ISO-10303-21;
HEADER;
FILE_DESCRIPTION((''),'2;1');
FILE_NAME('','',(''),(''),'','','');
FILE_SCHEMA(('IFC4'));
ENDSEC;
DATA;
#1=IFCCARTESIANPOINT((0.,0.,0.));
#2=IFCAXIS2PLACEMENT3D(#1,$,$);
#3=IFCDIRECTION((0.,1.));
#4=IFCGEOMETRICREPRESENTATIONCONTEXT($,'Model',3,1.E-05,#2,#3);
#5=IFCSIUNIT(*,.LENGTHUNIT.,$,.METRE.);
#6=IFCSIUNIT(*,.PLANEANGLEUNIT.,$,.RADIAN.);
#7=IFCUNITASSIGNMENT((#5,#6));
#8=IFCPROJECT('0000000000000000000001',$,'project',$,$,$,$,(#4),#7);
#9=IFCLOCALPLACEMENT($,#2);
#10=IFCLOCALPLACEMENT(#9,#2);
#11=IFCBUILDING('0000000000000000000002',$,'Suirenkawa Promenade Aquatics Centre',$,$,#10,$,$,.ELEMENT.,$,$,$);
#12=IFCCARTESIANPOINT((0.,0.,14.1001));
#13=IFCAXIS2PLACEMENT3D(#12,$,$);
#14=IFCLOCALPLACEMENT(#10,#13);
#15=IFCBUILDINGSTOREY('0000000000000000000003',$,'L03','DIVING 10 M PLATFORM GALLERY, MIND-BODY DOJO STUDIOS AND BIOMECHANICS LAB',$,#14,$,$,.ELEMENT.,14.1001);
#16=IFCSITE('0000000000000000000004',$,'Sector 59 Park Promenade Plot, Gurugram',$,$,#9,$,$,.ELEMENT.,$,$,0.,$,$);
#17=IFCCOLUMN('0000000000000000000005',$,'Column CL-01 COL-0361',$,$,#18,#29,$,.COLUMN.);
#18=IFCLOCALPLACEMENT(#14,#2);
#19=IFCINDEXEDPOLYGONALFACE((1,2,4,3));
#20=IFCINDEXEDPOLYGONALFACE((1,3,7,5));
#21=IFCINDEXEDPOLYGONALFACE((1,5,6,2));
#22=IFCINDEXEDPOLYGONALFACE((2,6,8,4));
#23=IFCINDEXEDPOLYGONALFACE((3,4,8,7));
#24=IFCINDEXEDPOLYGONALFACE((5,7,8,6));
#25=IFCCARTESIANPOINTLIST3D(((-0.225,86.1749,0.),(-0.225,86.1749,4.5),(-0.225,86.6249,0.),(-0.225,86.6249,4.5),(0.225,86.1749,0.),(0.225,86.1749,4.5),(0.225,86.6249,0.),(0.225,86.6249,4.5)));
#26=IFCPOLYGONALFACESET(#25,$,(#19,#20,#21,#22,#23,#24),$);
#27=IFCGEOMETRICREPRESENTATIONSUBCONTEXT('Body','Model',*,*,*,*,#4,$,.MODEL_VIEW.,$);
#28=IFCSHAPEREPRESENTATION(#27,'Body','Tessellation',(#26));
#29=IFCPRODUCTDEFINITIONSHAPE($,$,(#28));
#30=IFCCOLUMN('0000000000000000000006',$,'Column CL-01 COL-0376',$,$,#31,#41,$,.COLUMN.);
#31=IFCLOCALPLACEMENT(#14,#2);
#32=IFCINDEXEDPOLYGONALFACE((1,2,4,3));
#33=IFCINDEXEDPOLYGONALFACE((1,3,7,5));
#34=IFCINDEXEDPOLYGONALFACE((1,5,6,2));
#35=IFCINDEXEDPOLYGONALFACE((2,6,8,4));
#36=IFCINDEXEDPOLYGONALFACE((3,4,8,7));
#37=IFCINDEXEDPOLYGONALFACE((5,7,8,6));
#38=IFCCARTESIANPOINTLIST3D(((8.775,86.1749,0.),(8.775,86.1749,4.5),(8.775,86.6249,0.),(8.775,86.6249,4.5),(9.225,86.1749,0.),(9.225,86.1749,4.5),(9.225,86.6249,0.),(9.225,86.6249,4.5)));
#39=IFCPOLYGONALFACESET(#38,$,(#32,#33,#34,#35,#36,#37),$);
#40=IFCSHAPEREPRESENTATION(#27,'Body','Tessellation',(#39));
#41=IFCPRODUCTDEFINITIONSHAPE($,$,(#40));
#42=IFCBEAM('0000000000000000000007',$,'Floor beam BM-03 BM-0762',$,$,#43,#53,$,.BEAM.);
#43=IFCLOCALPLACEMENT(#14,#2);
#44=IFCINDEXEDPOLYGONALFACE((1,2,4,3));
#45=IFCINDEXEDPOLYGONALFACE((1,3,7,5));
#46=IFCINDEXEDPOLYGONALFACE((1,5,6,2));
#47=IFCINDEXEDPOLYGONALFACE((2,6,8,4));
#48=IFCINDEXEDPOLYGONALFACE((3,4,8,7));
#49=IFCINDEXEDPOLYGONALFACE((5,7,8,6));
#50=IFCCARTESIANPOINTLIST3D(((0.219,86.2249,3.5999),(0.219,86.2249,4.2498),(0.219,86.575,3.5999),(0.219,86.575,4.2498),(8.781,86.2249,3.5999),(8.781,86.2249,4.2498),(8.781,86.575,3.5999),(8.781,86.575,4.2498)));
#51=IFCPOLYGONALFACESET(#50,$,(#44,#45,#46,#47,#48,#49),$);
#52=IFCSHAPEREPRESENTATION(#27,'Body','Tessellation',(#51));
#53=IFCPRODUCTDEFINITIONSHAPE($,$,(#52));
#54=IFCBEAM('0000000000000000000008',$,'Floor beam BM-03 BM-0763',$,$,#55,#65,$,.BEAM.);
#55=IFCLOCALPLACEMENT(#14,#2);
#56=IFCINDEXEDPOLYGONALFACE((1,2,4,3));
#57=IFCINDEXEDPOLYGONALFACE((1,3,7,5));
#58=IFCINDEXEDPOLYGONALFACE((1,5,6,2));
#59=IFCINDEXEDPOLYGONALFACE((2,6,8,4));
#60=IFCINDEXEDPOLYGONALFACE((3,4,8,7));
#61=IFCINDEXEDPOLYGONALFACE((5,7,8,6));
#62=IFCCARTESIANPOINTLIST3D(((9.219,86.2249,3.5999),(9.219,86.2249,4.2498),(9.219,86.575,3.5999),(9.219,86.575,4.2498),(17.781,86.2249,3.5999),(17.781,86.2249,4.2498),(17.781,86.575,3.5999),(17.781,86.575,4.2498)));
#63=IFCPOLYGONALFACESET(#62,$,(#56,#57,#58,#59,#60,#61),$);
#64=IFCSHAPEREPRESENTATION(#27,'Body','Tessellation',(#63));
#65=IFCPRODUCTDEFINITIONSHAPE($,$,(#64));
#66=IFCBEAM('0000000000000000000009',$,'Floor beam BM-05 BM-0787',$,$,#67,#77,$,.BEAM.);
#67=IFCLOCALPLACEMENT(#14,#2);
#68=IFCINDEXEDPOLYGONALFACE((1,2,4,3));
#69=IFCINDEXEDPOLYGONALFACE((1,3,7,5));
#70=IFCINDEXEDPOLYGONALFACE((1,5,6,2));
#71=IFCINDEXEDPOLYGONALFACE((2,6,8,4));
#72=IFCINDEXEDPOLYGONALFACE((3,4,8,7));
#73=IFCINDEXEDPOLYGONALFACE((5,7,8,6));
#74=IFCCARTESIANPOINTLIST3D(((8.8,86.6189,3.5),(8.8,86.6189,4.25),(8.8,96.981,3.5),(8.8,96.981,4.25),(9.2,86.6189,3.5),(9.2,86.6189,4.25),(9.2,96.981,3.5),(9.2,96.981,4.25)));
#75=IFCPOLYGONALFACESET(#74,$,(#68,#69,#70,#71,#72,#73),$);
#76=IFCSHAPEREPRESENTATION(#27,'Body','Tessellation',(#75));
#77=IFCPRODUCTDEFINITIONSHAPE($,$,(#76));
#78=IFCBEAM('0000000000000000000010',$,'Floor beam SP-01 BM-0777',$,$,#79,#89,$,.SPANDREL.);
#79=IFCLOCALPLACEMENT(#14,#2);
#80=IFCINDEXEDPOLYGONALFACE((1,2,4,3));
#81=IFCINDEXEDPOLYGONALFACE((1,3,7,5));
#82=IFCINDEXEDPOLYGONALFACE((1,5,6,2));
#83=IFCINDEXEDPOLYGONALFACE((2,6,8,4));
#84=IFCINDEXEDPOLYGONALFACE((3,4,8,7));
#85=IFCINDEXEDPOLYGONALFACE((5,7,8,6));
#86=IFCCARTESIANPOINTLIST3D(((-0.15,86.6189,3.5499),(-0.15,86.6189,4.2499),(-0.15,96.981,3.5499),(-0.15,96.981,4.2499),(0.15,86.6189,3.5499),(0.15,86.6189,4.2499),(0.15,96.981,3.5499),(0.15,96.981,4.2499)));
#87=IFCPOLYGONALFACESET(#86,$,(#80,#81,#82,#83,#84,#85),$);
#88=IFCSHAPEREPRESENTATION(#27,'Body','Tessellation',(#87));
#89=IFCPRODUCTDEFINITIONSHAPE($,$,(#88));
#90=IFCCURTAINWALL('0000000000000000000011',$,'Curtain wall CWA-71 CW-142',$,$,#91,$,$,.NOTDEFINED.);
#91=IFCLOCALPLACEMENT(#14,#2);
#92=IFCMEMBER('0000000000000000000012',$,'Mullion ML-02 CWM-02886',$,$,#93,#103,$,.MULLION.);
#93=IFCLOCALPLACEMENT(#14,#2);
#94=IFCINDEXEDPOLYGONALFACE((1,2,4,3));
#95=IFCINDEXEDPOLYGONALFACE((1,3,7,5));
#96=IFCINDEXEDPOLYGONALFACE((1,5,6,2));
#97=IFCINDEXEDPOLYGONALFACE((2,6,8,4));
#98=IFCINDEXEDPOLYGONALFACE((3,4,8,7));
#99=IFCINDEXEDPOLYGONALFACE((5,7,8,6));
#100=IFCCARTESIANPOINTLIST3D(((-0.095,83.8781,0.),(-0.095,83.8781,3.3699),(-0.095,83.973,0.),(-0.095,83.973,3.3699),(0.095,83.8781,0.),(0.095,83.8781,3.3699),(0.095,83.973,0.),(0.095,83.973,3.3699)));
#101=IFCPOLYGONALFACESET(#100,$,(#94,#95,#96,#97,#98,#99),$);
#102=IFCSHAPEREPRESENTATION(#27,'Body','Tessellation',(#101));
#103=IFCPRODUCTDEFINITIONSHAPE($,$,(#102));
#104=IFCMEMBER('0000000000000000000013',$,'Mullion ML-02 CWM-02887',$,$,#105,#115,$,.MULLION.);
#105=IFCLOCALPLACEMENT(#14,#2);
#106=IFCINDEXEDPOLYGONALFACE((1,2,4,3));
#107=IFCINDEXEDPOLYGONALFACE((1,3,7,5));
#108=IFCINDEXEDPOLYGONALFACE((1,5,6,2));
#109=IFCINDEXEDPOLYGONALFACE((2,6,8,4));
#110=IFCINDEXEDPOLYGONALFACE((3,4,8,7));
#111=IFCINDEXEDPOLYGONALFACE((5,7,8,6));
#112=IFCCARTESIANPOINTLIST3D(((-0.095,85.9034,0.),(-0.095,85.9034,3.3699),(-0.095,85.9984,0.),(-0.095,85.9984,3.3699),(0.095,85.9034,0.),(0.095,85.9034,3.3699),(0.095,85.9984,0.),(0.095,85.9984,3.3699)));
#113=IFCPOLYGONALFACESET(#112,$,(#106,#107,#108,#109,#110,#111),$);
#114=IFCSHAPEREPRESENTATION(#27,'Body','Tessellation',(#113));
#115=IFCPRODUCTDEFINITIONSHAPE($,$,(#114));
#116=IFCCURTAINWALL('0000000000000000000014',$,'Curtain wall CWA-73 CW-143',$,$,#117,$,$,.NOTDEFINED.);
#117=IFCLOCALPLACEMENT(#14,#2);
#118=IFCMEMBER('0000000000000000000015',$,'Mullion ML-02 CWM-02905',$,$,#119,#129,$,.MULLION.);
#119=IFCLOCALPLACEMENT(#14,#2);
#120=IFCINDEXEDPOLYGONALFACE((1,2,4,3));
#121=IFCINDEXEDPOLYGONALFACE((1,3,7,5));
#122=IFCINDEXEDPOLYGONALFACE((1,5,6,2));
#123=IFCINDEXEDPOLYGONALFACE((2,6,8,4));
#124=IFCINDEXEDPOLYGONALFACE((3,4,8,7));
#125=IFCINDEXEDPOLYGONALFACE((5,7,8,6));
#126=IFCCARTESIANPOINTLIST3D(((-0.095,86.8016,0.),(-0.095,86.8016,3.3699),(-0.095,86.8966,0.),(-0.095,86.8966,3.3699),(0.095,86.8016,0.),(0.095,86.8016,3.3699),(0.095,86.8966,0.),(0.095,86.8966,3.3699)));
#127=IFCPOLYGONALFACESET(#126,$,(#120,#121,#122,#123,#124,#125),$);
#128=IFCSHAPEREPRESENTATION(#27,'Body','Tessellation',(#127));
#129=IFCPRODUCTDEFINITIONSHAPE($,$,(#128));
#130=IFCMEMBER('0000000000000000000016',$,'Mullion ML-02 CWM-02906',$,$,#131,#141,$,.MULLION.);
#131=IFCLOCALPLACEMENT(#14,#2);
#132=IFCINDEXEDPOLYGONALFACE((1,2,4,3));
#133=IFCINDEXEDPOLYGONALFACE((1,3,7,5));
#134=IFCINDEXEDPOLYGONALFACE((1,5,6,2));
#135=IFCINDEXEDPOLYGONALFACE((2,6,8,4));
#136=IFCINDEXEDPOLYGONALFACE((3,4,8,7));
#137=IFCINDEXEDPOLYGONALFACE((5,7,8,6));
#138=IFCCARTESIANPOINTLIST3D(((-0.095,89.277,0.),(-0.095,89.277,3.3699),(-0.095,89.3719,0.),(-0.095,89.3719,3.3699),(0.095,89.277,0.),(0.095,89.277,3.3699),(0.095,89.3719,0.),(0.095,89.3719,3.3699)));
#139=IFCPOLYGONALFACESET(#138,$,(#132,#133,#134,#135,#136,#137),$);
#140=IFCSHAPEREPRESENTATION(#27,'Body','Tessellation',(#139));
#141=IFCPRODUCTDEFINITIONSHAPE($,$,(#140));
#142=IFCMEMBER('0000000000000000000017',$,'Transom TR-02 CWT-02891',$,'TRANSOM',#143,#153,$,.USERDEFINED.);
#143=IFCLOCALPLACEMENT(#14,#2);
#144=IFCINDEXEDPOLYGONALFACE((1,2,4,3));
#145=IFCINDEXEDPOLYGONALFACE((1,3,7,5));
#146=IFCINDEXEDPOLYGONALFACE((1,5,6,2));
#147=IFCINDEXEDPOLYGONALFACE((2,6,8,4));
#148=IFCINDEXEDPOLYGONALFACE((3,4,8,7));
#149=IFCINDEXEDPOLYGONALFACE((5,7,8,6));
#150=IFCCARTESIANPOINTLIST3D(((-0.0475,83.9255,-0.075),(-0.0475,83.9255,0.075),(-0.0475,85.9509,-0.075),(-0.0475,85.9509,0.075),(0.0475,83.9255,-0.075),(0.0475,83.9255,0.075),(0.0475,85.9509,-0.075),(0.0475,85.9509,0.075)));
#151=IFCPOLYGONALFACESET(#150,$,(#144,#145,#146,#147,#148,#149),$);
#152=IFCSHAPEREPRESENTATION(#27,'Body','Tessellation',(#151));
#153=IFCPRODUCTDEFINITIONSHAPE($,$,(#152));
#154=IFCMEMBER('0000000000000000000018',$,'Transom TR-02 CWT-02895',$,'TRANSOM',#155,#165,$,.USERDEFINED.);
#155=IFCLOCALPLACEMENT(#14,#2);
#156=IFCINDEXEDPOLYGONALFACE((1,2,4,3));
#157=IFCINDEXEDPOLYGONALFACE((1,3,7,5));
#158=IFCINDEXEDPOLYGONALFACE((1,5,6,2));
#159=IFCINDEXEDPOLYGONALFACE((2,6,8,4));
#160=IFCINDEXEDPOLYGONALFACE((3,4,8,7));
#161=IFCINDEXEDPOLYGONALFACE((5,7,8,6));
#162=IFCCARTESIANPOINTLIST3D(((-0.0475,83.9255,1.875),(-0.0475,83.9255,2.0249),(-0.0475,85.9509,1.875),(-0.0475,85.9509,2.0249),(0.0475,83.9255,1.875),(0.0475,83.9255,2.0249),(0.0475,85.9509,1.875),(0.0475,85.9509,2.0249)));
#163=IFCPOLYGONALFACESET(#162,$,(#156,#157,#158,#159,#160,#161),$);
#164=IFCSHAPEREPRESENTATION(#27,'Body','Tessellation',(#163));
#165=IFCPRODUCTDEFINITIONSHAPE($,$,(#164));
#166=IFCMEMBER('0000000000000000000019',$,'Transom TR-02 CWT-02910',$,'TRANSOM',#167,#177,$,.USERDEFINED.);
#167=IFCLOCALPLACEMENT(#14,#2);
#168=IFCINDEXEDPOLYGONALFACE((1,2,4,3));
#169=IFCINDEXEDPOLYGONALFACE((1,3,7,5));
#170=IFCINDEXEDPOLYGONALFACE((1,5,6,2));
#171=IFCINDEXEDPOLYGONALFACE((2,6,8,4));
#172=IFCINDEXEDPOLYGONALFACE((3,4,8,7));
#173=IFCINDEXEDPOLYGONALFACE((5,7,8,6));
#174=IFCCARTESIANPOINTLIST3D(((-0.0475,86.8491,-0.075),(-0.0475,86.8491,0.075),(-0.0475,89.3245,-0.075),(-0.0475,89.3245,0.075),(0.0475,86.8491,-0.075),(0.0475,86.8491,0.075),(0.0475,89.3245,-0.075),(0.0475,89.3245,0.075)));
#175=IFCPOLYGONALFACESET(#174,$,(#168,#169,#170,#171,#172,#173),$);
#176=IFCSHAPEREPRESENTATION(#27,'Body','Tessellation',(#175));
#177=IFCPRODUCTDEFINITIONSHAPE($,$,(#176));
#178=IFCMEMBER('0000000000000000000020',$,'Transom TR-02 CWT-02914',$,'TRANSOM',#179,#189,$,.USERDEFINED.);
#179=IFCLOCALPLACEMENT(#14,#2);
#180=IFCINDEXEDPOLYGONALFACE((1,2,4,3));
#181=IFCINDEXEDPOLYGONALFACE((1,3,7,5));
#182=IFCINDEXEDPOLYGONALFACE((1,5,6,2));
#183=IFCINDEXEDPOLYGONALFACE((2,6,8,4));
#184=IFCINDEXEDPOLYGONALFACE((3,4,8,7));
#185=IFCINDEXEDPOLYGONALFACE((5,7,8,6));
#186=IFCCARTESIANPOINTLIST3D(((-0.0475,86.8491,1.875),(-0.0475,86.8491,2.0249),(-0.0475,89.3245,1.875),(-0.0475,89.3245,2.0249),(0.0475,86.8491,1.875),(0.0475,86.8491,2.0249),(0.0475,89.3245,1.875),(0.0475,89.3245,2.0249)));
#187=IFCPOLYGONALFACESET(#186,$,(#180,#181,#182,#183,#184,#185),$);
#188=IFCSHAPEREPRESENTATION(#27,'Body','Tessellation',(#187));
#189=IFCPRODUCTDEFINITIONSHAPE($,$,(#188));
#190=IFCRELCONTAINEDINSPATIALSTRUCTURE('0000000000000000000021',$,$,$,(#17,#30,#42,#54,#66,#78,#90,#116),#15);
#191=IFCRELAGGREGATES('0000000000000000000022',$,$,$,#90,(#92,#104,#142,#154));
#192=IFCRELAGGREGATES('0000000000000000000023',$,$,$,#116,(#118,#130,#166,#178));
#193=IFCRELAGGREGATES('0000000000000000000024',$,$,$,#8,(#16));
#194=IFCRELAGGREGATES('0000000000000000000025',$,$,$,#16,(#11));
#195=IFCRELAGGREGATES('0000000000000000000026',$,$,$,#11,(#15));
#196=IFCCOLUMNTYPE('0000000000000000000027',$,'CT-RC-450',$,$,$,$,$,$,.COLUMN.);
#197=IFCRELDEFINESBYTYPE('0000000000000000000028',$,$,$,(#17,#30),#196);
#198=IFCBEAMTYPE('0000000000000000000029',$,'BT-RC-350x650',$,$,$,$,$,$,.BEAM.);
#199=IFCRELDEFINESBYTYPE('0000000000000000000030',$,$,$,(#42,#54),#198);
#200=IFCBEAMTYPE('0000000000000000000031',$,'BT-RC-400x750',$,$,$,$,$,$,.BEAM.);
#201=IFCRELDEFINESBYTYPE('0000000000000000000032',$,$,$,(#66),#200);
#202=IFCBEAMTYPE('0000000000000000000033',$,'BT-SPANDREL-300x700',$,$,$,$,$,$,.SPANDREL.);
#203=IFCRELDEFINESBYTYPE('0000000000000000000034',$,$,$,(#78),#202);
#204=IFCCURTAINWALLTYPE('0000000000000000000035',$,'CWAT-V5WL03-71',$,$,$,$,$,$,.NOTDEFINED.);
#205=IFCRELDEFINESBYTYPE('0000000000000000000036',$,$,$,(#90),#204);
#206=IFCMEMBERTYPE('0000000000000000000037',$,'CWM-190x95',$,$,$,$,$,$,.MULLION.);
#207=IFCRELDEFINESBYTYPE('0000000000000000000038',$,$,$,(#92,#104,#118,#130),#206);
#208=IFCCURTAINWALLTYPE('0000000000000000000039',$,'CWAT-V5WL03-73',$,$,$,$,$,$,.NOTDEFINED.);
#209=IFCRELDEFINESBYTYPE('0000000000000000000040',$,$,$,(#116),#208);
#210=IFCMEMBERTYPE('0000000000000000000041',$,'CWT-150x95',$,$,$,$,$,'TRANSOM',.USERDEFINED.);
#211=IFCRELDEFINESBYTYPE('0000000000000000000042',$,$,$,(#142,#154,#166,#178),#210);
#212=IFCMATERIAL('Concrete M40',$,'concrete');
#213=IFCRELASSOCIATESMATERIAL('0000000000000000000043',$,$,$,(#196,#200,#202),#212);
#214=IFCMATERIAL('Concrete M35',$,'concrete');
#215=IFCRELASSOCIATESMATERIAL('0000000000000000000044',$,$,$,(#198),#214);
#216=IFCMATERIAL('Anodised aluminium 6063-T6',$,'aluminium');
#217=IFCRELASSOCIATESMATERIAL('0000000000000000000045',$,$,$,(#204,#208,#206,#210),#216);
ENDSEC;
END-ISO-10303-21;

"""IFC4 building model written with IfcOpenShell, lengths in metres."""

from ifc_helpers import new_model, si_unit, direction, frame, origin, origin_2d, place, context, subcontext, project, spatial, rectangle, extrude, material, material_profile, profile_set, type_object, element, aggregate, save


model = new_model("IFC4")

# Units and contexts
model_context = context("Model", 3, precision=1e-05, world=origin(), true_north=direction((0.0, 1.0)))
body_context = subcontext(model_context, "Body", "Model", "MODEL_VIEW")
ifc_project = project(units=[si_unit("LENGTHUNIT", "METRE"), si_unit("PLANEANGLEUNIT", "RADIAN")], contexts=[model_context])

# Site, building, storey
site_placement = place(None, origin())
site = spatial("IfcSite", under=ifc_project, at=site_placement, Name="Sector 59 Park Promenade Plot, Gurugram", CompositionType="ELEMENT", RefElevation=0.0)
building_placement = place(site_placement, origin())
building = spatial("IfcBuilding", under=site, at=building_placement, Name="Suirenkawa Promenade Aquatics Centre", CompositionType="ELEMENT")
storey_placement = place(building_placement, frame((0.0, 0.0, 14.1001)))
storey = spatial("IfcBuildingStorey", under=building, at=storey_placement, Name="L03", Description="DIVING 10 M PLATFORM GALLERY, MIND-BODY DOJO STUDIOS AND BIOMECHANICS LAB", CompositionType="ELEMENT", Elevation=14.1001)

# Columns
ifc_material_1 = material(Name="Concrete M40", Category="concrete")
ifc_material_profile_1 = material_profile(ifc_material_1, rectangle(XDim=0.45, YDim=0.45, at=origin_2d()), Name="RC COL 450x450", Category="concrete")
ifc_profile_set_1 = profile_set([ifc_material_profile_1], Name="Concrete M40")
column_type = type_object("IfcColumnType", Name="CT-RC-450", PredefinedType="COLUMN", material=ifc_profile_set_1)
for number, where, z_axis, x_axis, name in (
    (1, (0.0, 86.3999, 0.0), (0.0, 0.0, 1.0), (1.0, 0.0, 0.0), "Column CL-01 COL-0361"),
    (2, (9.0, 86.3999, 0.0), (0.0, 0.0, 1.0), (1.0, 0.0, 0.0), "Column CL-01 COL-0376"),
):
    element("IfcColumn", number, at=place(storey_placement, frame(where, z_axis=z_axis, x_axis=x_axis)), inside=storey, type_object=column_type, Name=name, PredefinedType="COLUMN", context=body_context, shape_type="SweptSolid", body=[
        extrude(rectangle(XDim=0.45, YDim=0.45, at=origin_2d()), origin(), (0.0, 0.0, 1.0), 4.5),
    ])

# Beams
ifc_material_2 = material(Name="Concrete M35", Category="concrete")
ifc_material_profile_2 = material_profile(ifc_material_2, rectangle(XDim=0.3501, YDim=0.6499, at=origin_2d()), Name="RC BM 350x650", Category="concrete")
ifc_profile_set_2 = profile_set([ifc_material_profile_2], Name="Concrete M35")
beam_type_1 = type_object("IfcBeamType", Name="BT-RC-350x650", PredefinedType="BEAM", material=ifc_profile_set_2)
for number, where, z_axis, x_axis, name in (
    (3, (0.219, 86.3999, 3.9248), (1.0, 0.0, 0.0), (0.0, 1.0, 0.0), "Floor beam BM-03 BM-0762"),
    (4, (9.219, 86.3999, 3.9248), (1.0, 0.0, 0.0), (0.0, 1.0, 0.0), "Floor beam BM-03 BM-0763"),
):
    element("IfcBeam", number, at=place(storey_placement, frame(where, z_axis=z_axis, x_axis=x_axis)), inside=storey, type_object=beam_type_1, Name=name, PredefinedType="BEAM", context=body_context, shape_type="SweptSolid", body=[
        extrude(rectangle(XDim=0.3501, YDim=0.6499, at=origin_2d()), origin(), (0.0, 0.0, 1.0), 8.562),
    ])
ifc_material_profile_3 = material_profile(ifc_material_1, rectangle(XDim=0.3999, YDim=0.75, at=origin_2d()), Name="RC BM 400x750", Category="concrete")
ifc_profile_set_3 = profile_set([ifc_material_profile_3], Name="Concrete M40")
beam_type_2 = type_object("IfcBeamType", Name="BT-RC-400x750", PredefinedType="BEAM", material=ifc_profile_set_3)
beam_1_placement = place(storey_placement, frame((9.0, 86.6189, 3.875), z_axis=(0.0, 1.0, 0.0), x_axis=(-1.0, 0.0, 0.0)))
element("IfcBeam", 5, at=beam_1_placement, inside=storey, type_object=beam_type_2, Name="Floor beam BM-05 BM-0787", PredefinedType="BEAM", context=body_context, shape_type="SweptSolid", body=[
    extrude(rectangle(XDim=0.3999, YDim=0.75, at=origin_2d()), origin(), (0.0, 0.0, 1.0), 10.3621),
])
ifc_material_profile_4 = material_profile(ifc_material_1, rectangle(XDim=0.3, YDim=0.7, at=origin_2d()), Name="RC SPANDREL 300x700", Category="concrete")
ifc_profile_set_4 = profile_set([ifc_material_profile_4], Name="Concrete M40")
beam_type_3 = type_object("IfcBeamType", Name="BT-SPANDREL-300x700", PredefinedType="SPANDREL", material=ifc_profile_set_4)
beam_2_placement = place(storey_placement, frame((0.0, 86.6189, 3.8999), z_axis=(0.0, 1.0, 0.0), x_axis=(-1.0, 0.0, 0.0)))
element("IfcBeam", 6, at=beam_2_placement, inside=storey, type_object=beam_type_3, Name="Floor beam SP-01 BM-0777", PredefinedType="SPANDREL", context=body_context, shape_type="SweptSolid", body=[
    extrude(rectangle(XDim=0.3, YDim=0.7, at=origin_2d()), origin(), (0.0, 0.0, 1.0), 10.3621),
])

# Curtain walls, members
ifc_material_3 = material(Name="Anodised aluminium 6063-T6", Category="aluminium")
curtain_wall_type_1 = type_object("IfcCurtainWallType", Name="CWAT-V5WL03-71", PredefinedType="NOTDEFINED", material=ifc_material_3)
curtain_wall_1_placement = place(storey_placement, origin())
curtain_wall_1 = element("IfcCurtainWall", 7, at=curtain_wall_1_placement, inside=storey, type_object=curtain_wall_type_1, Name="Curtain wall CWA-71 CW-142", PredefinedType="NOTDEFINED")
ifc_material_profile_5 = material_profile(ifc_material_3, rectangle(XDim=0.095, YDim=0.1899, at=origin_2d()), Name="ALU MULL 95x190", Category="aluminium")
ifc_profile_set_5 = profile_set([ifc_material_profile_5], Name="Anodised aluminium 6063-T6")
member_type_1 = type_object("IfcMemberType", Name="CWM-190x95", PredefinedType="MULLION", material=ifc_profile_set_5)
member_1_placement = place(storey_placement, frame((0.0, 83.9255, 0.0), z_axis=(0.0, 0.0, 1.0), x_axis=(0.0, 1.0, 0.0)))
member_1 = element("IfcMember", 8, at=member_1_placement, type_object=member_type_1, Name="Mullion ML-02 CWM-02886", PredefinedType="MULLION", context=body_context, shape_type="SweptSolid", body=[
    extrude(rectangle(XDim=0.095, YDim=0.1899, at=origin_2d()), origin(), (0.0, 0.0, 1.0), 3.3699),
])
member_2_placement = place(storey_placement, frame((0.0, 85.9509, 0.0), z_axis=(0.0, 0.0, 1.0), x_axis=(0.0, 1.0, 0.0)))
member_2 = element("IfcMember", 9, at=member_2_placement, type_object=member_type_1, Name="Mullion ML-02 CWM-02887", PredefinedType="MULLION", context=body_context, shape_type="SweptSolid", body=[
    extrude(rectangle(XDim=0.095, YDim=0.1899, at=origin_2d()), origin(), (0.0, 0.0, 1.0), 3.3699),
])
curtain_wall_type_2 = type_object("IfcCurtainWallType", Name="CWAT-V5WL03-73", PredefinedType="NOTDEFINED", material=ifc_material_3)
curtain_wall_2_placement = place(storey_placement, origin())
curtain_wall_2 = element("IfcCurtainWall", 10, at=curtain_wall_2_placement, inside=storey, type_object=curtain_wall_type_2, Name="Curtain wall CWA-73 CW-143", PredefinedType="NOTDEFINED")
member_3_placement = place(storey_placement, frame((0.0, 86.8491, 0.0), z_axis=(0.0, 0.0, 1.0), x_axis=(0.0, 1.0, 0.0)))
member_3 = element("IfcMember", 11, at=member_3_placement, type_object=member_type_1, Name="Mullion ML-02 CWM-02905", PredefinedType="MULLION", context=body_context, shape_type="SweptSolid", body=[
    extrude(rectangle(XDim=0.095, YDim=0.1899, at=origin_2d()), origin(), (0.0, 0.0, 1.0), 3.3699),
])
member_4_placement = place(storey_placement, frame((0.0, 89.3245, 0.0), z_axis=(0.0, 0.0, 1.0), x_axis=(0.0, 1.0, 0.0)))
member_4 = element("IfcMember", 12, at=member_4_placement, type_object=member_type_1, Name="Mullion ML-02 CWM-02906", PredefinedType="MULLION", context=body_context, shape_type="SweptSolid", body=[
    extrude(rectangle(XDim=0.095, YDim=0.1899, at=origin_2d()), origin(), (0.0, 0.0, 1.0), 3.3699),
])

# Members
ifc_material_profile_6 = material_profile(ifc_material_3, rectangle(XDim=0.095, YDim=0.1499, at=origin_2d()), Name="ALU TRAN 95x150", Category="aluminium")
ifc_profile_set_6 = profile_set([ifc_material_profile_6], Name="Anodised aluminium 6063-T6")
member_type_2 = type_object("IfcMemberType", Name="CWT-150x95", ElementType="TRANSOM", PredefinedType="USERDEFINED", material=ifc_profile_set_6)
member_5_placement = place(storey_placement, frame((0.0, 83.9255, 0.0), z_axis=(0.0, 1.0, 0.0), x_axis=(-1.0, 0.0, 0.0)))
member_5 = element("IfcMember", 13, at=member_5_placement, type_object=member_type_2, Name="Transom TR-02 CWT-02891", ObjectType="TRANSOM", PredefinedType="USERDEFINED", context=body_context, shape_type="SweptSolid", body=[
    extrude(rectangle(XDim=0.095, YDim=0.1499, at=origin_2d()), origin(), (0.0, 0.0, 1.0), 2.0254),
])
member_6_placement = place(storey_placement, frame((0.0, 83.9255, 1.95), z_axis=(0.0, 1.0, 0.0), x_axis=(-1.0, 0.0, 0.0)))
member_6 = element("IfcMember", 14, at=member_6_placement, type_object=member_type_2, Name="Transom TR-02 CWT-02895", ObjectType="TRANSOM", PredefinedType="USERDEFINED", context=body_context, shape_type="SweptSolid", body=[
    extrude(rectangle(XDim=0.095, YDim=0.1499, at=origin_2d()), origin(), (0.0, 0.0, 1.0), 2.0254),
])
member_7_placement = place(storey_placement, frame((0.0, 86.8491, 0.0), z_axis=(0.0, 1.0, 0.0), x_axis=(-1.0, 0.0, 0.0)))
member_7 = element("IfcMember", 15, at=member_7_placement, type_object=member_type_2, Name="Transom TR-02 CWT-02910", ObjectType="TRANSOM", PredefinedType="USERDEFINED", context=body_context, shape_type="SweptSolid", body=[
    extrude(rectangle(XDim=0.095, YDim=0.1499, at=origin_2d()), origin(), (0.0, 0.0, 1.0), 2.4753),
])
member_8_placement = place(storey_placement, frame((0.0, 86.8491, 1.95), z_axis=(0.0, 1.0, 0.0), x_axis=(-1.0, 0.0, 0.0)))
member_8 = element("IfcMember", 16, at=member_8_placement, type_object=member_type_2, Name="Transom TR-02 CWT-02914", ObjectType="TRANSOM", PredefinedType="USERDEFINED", context=body_context, shape_type="SweptSolid", body=[
    extrude(rectangle(XDim=0.095, YDim=0.1499, at=origin_2d()), origin(), (0.0, 0.0, 1.0), 2.4753),
])

aggregate(curtain_wall_1, [member_1, member_2, member_5, member_6])
aggregate(curtain_wall_2, [member_3, member_4, member_7, member_8])

save(model, "model.ifc")
